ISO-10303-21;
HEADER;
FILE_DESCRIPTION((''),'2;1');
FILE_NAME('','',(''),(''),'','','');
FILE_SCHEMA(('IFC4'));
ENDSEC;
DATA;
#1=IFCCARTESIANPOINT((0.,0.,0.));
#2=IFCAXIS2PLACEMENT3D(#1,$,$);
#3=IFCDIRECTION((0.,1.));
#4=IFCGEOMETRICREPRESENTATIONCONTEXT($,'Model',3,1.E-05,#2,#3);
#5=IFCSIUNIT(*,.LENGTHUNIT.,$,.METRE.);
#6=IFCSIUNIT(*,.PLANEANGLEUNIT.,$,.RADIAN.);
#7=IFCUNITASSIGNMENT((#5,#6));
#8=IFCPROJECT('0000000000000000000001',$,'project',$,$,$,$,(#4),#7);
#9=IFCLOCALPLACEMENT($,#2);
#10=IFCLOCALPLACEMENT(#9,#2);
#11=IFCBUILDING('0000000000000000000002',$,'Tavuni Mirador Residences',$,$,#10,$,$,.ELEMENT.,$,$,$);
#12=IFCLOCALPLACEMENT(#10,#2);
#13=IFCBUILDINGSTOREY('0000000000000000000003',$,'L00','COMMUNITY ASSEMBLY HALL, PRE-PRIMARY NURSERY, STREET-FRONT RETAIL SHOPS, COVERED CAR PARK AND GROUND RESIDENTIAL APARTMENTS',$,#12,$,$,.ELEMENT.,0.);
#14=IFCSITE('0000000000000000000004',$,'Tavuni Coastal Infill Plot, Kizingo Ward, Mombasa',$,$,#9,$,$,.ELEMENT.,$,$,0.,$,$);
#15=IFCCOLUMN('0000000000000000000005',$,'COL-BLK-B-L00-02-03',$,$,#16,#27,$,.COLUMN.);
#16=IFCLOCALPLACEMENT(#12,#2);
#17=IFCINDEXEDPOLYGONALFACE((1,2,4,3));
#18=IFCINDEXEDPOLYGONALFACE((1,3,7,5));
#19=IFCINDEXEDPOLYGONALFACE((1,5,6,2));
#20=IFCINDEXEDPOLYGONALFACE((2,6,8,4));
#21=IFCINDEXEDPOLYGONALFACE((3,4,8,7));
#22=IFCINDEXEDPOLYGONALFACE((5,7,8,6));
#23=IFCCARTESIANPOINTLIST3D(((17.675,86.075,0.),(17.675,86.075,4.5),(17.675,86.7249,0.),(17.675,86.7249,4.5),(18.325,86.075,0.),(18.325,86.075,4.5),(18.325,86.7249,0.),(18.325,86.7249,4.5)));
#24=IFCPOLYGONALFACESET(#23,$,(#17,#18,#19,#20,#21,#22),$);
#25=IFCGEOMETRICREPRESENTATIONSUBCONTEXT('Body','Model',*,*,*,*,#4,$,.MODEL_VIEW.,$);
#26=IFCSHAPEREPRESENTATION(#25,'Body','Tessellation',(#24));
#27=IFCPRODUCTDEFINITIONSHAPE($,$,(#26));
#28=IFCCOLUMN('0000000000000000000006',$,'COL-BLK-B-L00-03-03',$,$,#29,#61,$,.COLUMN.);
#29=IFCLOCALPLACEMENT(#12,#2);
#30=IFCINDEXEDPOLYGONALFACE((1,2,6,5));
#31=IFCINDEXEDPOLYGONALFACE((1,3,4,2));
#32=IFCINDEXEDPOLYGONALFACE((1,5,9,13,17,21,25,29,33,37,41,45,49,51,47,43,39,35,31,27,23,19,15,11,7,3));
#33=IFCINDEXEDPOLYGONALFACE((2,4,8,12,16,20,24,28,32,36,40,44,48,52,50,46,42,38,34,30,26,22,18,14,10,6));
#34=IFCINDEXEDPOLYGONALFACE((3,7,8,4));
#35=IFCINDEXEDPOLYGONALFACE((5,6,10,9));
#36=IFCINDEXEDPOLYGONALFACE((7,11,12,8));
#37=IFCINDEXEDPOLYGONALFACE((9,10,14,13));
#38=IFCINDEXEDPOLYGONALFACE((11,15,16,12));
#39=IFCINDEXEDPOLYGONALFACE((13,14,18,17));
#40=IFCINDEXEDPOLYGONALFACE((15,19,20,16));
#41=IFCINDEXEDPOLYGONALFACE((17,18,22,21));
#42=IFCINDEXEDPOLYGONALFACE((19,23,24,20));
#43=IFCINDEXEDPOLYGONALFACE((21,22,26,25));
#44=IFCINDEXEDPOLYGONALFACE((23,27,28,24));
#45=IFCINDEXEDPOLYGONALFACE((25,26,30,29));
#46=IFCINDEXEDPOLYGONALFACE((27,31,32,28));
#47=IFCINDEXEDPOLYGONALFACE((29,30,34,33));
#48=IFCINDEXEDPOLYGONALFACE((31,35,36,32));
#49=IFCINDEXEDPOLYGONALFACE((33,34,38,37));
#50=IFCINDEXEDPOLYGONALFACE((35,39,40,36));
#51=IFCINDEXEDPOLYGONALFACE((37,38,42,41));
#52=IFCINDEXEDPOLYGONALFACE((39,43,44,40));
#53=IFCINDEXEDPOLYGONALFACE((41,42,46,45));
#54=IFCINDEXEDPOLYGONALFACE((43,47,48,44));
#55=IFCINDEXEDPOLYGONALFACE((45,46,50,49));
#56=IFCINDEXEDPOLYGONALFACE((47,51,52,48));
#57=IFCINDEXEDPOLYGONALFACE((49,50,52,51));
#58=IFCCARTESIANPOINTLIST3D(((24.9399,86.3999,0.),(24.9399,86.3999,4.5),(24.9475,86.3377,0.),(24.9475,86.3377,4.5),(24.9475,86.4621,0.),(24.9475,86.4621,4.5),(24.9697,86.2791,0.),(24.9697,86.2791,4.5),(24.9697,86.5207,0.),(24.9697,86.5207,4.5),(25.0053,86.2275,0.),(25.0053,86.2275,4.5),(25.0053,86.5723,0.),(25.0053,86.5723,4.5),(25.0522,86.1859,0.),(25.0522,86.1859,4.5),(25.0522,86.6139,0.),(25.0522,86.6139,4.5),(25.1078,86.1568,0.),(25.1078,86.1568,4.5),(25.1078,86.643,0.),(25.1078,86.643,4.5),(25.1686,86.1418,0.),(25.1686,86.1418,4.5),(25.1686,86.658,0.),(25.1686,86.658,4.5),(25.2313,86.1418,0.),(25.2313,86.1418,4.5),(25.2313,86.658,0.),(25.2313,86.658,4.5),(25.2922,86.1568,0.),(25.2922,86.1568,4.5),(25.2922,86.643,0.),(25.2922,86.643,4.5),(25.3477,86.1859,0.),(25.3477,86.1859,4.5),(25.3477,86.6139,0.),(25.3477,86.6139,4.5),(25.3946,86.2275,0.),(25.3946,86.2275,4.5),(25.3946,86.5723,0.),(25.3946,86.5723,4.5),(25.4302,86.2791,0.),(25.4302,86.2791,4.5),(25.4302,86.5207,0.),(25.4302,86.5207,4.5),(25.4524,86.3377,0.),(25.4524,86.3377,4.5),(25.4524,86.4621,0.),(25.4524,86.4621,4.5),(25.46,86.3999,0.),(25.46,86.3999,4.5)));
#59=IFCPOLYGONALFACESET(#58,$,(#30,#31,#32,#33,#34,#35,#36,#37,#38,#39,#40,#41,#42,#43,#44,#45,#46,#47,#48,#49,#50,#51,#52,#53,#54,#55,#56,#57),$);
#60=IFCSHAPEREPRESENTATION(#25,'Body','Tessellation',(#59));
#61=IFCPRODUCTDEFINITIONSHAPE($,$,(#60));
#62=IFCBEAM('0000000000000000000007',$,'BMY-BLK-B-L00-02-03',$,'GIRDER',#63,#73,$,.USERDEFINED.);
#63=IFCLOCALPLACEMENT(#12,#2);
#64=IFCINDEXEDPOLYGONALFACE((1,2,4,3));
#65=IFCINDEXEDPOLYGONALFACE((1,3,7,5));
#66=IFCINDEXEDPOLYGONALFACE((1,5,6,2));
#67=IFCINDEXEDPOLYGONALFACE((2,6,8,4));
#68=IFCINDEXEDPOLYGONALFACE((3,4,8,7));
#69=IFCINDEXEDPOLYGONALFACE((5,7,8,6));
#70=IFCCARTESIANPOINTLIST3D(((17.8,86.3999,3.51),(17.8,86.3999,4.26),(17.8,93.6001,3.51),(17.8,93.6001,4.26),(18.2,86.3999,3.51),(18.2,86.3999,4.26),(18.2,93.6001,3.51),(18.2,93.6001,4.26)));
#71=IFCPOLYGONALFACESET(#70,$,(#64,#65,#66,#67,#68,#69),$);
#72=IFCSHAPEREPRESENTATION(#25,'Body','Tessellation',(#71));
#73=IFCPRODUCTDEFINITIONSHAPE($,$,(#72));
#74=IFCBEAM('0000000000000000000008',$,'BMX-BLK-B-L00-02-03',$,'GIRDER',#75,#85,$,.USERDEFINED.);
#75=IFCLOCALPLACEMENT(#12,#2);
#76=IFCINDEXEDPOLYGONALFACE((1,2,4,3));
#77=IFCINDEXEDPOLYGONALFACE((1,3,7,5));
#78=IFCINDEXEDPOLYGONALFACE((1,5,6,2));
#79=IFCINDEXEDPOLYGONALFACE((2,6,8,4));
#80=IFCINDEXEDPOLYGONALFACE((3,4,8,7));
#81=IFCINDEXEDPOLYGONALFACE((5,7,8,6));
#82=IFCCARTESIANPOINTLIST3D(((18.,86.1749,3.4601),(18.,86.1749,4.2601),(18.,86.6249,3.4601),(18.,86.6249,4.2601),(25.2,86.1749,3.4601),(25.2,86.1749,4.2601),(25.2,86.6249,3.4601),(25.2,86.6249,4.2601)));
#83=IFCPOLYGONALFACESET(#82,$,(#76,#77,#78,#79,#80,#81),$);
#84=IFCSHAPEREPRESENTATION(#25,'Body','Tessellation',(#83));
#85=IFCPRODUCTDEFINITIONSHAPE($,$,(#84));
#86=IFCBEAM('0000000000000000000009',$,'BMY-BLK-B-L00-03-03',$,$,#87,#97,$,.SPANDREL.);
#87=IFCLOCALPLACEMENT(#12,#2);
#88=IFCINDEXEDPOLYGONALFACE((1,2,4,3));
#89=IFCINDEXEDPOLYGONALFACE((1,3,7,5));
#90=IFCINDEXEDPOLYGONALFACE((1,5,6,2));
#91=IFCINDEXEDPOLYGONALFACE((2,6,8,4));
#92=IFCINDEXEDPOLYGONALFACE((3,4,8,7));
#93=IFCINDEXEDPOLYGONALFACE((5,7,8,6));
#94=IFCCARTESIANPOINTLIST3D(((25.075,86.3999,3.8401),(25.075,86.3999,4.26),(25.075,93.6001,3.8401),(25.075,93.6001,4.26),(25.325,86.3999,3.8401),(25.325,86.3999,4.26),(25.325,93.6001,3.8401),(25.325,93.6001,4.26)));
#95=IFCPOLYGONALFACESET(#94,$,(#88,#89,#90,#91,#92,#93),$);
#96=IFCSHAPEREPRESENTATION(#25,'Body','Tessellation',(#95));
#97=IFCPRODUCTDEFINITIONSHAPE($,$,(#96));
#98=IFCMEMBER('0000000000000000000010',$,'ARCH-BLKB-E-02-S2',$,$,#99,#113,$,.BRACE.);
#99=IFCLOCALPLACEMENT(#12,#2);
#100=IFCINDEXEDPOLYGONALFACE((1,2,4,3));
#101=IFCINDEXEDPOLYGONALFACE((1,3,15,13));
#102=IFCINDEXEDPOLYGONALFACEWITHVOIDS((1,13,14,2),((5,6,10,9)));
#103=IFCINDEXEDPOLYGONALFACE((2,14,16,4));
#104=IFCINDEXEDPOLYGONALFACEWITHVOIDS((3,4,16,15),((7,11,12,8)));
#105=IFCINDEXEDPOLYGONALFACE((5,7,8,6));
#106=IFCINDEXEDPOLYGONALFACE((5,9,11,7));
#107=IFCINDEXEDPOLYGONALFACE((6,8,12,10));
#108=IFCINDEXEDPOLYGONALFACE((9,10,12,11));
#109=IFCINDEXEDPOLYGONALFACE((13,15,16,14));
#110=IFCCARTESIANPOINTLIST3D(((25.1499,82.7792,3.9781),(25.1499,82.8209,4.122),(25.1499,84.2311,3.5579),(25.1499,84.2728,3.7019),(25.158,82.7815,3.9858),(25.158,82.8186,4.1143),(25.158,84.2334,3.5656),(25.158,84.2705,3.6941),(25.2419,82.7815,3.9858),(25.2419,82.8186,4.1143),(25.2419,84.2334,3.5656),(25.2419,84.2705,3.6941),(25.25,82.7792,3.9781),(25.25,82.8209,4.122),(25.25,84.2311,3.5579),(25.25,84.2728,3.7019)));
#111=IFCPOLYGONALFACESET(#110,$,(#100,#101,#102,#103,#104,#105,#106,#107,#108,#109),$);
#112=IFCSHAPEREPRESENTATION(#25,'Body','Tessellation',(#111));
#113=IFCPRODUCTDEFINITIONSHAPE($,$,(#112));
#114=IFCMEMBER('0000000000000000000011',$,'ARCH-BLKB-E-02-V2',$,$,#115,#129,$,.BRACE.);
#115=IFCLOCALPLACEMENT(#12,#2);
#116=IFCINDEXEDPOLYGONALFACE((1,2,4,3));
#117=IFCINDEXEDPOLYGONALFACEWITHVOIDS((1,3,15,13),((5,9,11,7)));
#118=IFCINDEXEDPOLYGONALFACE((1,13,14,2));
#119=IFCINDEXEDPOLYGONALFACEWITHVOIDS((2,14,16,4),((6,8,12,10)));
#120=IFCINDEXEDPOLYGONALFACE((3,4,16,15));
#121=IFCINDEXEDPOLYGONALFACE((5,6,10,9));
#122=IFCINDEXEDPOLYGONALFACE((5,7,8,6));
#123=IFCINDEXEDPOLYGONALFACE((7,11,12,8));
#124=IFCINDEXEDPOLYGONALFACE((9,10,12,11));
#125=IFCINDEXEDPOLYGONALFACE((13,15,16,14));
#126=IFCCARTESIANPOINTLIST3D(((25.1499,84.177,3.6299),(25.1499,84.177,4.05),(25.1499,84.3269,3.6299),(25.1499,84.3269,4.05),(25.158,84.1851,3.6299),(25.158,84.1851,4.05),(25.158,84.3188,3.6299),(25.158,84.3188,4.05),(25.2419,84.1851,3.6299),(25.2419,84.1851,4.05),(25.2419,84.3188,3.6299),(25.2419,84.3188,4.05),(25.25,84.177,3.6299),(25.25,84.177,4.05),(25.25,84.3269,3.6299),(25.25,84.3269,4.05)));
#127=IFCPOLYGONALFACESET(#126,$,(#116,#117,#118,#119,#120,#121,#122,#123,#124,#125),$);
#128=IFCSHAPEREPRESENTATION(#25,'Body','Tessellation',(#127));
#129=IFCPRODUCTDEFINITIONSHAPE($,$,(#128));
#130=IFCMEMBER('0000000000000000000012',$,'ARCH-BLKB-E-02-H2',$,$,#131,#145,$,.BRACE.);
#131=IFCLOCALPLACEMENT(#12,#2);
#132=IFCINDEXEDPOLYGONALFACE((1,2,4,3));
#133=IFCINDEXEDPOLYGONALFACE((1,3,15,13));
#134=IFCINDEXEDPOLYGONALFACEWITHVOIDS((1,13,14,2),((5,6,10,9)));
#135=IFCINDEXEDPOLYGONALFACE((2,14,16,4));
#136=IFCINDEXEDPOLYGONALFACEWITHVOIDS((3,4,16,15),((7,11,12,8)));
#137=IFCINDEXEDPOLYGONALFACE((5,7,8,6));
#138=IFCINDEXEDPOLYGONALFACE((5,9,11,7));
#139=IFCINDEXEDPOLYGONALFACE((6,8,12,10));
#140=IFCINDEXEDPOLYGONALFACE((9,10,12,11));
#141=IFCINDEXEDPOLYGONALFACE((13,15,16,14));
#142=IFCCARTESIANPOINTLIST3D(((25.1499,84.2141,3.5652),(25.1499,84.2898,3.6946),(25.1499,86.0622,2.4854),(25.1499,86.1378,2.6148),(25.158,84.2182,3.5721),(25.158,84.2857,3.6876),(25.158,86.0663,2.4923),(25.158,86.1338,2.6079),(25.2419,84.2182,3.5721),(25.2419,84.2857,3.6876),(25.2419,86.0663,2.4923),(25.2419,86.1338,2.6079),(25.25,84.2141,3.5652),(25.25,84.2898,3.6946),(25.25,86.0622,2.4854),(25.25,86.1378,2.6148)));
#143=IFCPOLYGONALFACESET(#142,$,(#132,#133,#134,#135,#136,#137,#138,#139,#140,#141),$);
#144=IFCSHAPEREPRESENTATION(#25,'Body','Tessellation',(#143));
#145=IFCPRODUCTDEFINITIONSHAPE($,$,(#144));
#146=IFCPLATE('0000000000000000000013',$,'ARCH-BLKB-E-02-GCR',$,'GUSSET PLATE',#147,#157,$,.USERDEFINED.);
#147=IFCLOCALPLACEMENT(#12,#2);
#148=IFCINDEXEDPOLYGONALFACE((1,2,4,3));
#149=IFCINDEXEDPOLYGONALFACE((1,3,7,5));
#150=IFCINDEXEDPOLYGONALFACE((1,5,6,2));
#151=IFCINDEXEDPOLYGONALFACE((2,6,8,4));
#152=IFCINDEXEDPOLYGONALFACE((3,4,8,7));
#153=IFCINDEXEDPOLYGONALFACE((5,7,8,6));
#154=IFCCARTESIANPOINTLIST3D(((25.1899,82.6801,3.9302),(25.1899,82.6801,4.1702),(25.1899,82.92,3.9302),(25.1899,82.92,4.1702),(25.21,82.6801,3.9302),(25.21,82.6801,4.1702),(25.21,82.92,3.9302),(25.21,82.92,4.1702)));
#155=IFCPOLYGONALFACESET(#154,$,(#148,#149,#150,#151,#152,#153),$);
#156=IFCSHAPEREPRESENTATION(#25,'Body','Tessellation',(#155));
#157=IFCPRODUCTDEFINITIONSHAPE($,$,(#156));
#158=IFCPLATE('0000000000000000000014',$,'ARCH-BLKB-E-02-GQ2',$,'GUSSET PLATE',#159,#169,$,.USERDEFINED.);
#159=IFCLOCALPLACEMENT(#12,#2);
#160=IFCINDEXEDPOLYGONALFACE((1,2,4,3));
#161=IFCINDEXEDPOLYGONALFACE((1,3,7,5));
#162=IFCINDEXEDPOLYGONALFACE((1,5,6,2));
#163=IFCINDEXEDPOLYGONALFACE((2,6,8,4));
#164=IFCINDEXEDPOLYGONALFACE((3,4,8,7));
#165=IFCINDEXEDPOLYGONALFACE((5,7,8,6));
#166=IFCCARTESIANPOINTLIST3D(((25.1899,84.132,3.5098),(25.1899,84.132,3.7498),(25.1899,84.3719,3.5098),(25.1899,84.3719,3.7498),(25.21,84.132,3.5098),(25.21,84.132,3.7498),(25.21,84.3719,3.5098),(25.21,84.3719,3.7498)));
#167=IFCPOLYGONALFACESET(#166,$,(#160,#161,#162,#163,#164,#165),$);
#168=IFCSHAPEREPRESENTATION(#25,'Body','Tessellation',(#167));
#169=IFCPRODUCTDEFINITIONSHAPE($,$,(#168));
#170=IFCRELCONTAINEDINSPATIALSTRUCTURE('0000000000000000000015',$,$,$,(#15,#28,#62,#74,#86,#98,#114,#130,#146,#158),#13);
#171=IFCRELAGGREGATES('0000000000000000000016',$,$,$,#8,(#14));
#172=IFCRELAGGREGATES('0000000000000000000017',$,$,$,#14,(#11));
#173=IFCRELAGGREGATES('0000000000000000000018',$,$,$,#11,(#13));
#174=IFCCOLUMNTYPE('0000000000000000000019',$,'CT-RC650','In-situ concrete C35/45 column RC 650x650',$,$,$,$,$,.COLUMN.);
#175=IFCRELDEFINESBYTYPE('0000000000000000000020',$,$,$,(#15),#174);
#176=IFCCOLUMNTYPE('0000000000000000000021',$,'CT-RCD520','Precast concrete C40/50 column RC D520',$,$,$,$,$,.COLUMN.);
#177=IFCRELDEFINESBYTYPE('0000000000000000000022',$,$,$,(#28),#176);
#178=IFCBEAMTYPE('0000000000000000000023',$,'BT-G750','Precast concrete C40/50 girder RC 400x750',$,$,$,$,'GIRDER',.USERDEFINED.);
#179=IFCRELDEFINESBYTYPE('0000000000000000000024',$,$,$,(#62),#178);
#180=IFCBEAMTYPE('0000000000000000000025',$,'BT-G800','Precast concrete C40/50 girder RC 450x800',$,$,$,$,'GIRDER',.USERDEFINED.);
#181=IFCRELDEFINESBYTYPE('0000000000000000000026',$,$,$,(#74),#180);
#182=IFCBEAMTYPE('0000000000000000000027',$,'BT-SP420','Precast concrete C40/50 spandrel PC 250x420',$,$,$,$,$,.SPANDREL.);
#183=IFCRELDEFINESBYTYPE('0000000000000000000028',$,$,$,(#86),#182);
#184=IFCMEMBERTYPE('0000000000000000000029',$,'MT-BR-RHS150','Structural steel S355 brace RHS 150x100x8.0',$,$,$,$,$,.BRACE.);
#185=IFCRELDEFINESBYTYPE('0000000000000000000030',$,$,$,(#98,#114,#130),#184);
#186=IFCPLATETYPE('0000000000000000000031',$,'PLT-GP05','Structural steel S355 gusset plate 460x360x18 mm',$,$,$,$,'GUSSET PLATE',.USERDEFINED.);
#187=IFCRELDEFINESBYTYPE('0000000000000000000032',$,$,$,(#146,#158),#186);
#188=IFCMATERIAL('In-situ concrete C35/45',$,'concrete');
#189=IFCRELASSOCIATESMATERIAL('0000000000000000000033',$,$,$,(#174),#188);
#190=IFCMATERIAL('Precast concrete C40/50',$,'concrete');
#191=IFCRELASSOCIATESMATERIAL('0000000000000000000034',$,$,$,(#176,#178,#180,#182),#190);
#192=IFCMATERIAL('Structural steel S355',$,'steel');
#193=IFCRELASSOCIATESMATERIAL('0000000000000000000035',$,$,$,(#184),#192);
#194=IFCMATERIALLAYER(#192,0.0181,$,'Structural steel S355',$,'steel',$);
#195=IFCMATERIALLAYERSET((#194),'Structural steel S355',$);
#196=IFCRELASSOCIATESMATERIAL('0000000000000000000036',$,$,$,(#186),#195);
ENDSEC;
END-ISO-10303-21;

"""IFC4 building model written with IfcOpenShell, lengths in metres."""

from ifc_helpers import new_model, si_unit, direction, frame, origin, origin_2d, place, context, subcontext, project, spatial, rectangle, hollow_rectangle, circle, extrude, material, layer, layer_set, material_profile, profile_set, type_object, element, save


model = new_model("IFC4")

# Units and contexts
model_context = context("Model", 3, precision=1e-05, world=origin(), true_north=direction((0.0, 1.0)))
body_context = subcontext(model_context, "Body", "Model", "MODEL_VIEW")
ifc_project = project(units=[si_unit("LENGTHUNIT", "METRE"), si_unit("PLANEANGLEUNIT", "RADIAN")], contexts=[model_context])

# Site, building, storey
site_placement = place(None, origin())
site = spatial("IfcSite", under=ifc_project, at=site_placement, Name="Tavuni Coastal Infill Plot, Kizingo Ward, Mombasa", CompositionType="ELEMENT", RefElevation=0.0)
building_placement = place(site_placement, origin())
building = spatial("IfcBuilding", under=site, at=building_placement, Name="Tavuni Mirador Residences", CompositionType="ELEMENT")
storey_placement = place(building_placement, origin())
storey = spatial("IfcBuildingStorey", under=building, at=storey_placement, Name="L00", Description="COMMUNITY ASSEMBLY HALL, PRE-PRIMARY NURSERY, STREET-FRONT RETAIL SHOPS, COVERED CAR PARK AND GROUND RESIDENTIAL APARTMENTS", CompositionType="ELEMENT", Elevation=0.0)

# Columns
ifc_material_1 = material(Name="In-situ concrete C35/45", Category="concrete")
ifc_material_profile_1 = material_profile(ifc_material_1, rectangle(XDim=0.6499, YDim=0.6499, at=origin_2d()), Name="RC 650x650", Category="concrete")
ifc_profile_set_1 = profile_set([ifc_material_profile_1], Name="In-situ concrete C35/45")
column_type_1 = type_object("IfcColumnType", Name="CT-RC650", Description="In-situ concrete C35/45 column RC 650x650", PredefinedType="COLUMN", material=ifc_profile_set_1)
column_1_placement = place(storey_placement, frame((18.0, 86.3999, 0.0), z_axis=(0.0, 0.0, 1.0), x_axis=(1.0, 0.0, 0.0)))
element("IfcColumn", 1, at=column_1_placement, inside=storey, type_object=column_type_1, Name="COL-BLK-B-L00-02-03", PredefinedType="COLUMN", context=body_context, shape_type="SweptSolid", body=[
    extrude(rectangle(XDim=0.6499, YDim=0.6499, at=origin_2d()), origin(), (0.0, 0.0, 1.0), 4.5),
])
ifc_material_2 = material(Name="Precast concrete C40/50", Category="concrete")
ifc_material_profile_2 = material_profile(ifc_material_2, circle(Radius=0.26, at=origin_2d()), Name="RC D520", Category="concrete")
ifc_profile_set_2 = profile_set([ifc_material_profile_2], Name="Precast concrete C40/50")
column_type_2 = type_object("IfcColumnType", Name="CT-RCD520", Description="Precast concrete C40/50 column RC D520", PredefinedType="COLUMN", material=ifc_profile_set_2)
column_2_placement = place(storey_placement, frame((25.2, 86.3999, 0.0), z_axis=(0.0, 0.0, 1.0), x_axis=(1.0, 0.0, 0.0)))
element("IfcColumn", 2, at=column_2_placement, inside=storey, type_object=column_type_2, Name="COL-BLK-B-L00-03-03", PredefinedType="COLUMN", context=body_context, shape_type="SweptSolid", body=[
    extrude(circle(Radius=0.26, at=origin_2d()), origin(), (0.0, 0.0, 1.0), 4.5),
])

# Beams
ifc_material_profile_3 = material_profile(ifc_material_2, rectangle(XDim=0.3999, YDim=0.75, at=origin_2d()), Name="RC 400x750", Category="concrete")
ifc_profile_set_3 = profile_set([ifc_material_profile_3], Name="Precast concrete C40/50")
beam_type_1 = type_object("IfcBeamType", Name="BT-G750", Description="Precast concrete C40/50 girder RC 400x750", ElementType="GIRDER", PredefinedType="USERDEFINED", material=ifc_profile_set_3)
beam_1_placement = place(storey_placement, frame((18.0, 86.3999, 3.885), z_axis=(0.0, 1.0, 0.0), x_axis=(-1.0, 0.0, 0.0)))
element("IfcBeam", 3, at=beam_1_placement, inside=storey, type_object=beam_type_1, Name="BMY-BLK-B-L00-02-03", ObjectType="GIRDER", PredefinedType="USERDEFINED", context=body_context, shape_type="SweptSolid", body=[
    extrude(rectangle(XDim=0.3999, YDim=0.75, at=origin_2d()), origin(), (0.0, 0.0, 1.0), 7.2002),
])
ifc_material_profile_4 = material_profile(ifc_material_2, rectangle(XDim=0.45, YDim=0.8, at=origin_2d()), Name="RC 450x800", Category="concrete")
ifc_profile_set_4 = profile_set([ifc_material_profile_4], Name="Precast concrete C40/50")
beam_type_2 = type_object("IfcBeamType", Name="BT-G800", Description="Precast concrete C40/50 girder RC 450x800", ElementType="GIRDER", PredefinedType="USERDEFINED", material=ifc_profile_set_4)
beam_2_placement = place(storey_placement, frame((18.0, 86.3999, 3.8601), z_axis=(1.0, 0.0, 0.0), x_axis=(0.0, 1.0, 0.0)))
element("IfcBeam", 4, at=beam_2_placement, inside=storey, type_object=beam_type_2, Name="BMX-BLK-B-L00-02-03", ObjectType="GIRDER", PredefinedType="USERDEFINED", context=body_context, shape_type="SweptSolid", body=[
    extrude(rectangle(XDim=0.45, YDim=0.8, at=origin_2d()), origin(), (0.0, 0.0, 1.0), 7.2),
])
ifc_material_profile_5 = material_profile(ifc_material_2, rectangle(XDim=0.25, YDim=0.4199, at=origin_2d()), Name="PC 250x420", Category="concrete")
ifc_profile_set_5 = profile_set([ifc_material_profile_5], Name="Precast concrete C40/50")
beam_type_3 = type_object("IfcBeamType", Name="BT-SP420", Description="Precast concrete C40/50 spandrel PC 250x420", PredefinedType="SPANDREL", material=ifc_profile_set_5)
beam_3_placement = place(storey_placement, frame((25.2, 86.3999, 4.05), z_axis=(0.0, 1.0, 0.0), x_axis=(-1.0, 0.0, 0.0)))
element("IfcBeam", 5, at=beam_3_placement, inside=storey, type_object=beam_type_3, Name="BMY-BLK-B-L00-03-03", PredefinedType="SPANDREL", context=body_context, shape_type="SweptSolid", body=[
    extrude(rectangle(XDim=0.25, YDim=0.4199, at=origin_2d()), origin(), (0.0, 0.0, 1.0), 7.2002),
])

# Members
ifc_material_3 = material(Name="Structural steel S355", Category="steel")
ifc_material_profile_6 = material_profile(ifc_material_3, hollow_rectangle(XDim=0.1001, YDim=0.1499, WallThickness=0.0081, at=origin_2d()), Name="RHS 150x100x8.0", Category="steel")
ifc_profile_set_6 = profile_set([ifc_material_profile_6], Name="Structural steel S355")
member_type = type_object("IfcMemberType", Name="MT-BR-RHS150", Description="Structural steel S355 brace RHS 150x100x8.0", PredefinedType="BRACE", material=ifc_profile_set_6)
member_1_placement = place(storey_placement, frame((25.2, 82.8, 4.05), z_axis=(0.0, 0.960586, -0.277984), x_axis=(-1.0, 0.0, 0.0)))
element("IfcMember", 6, at=member_1_placement, inside=storey, type_object=member_type, Name="ARCH-BLKB-E-02-S2", PredefinedType="BRACE", context=body_context, shape_type="SweptSolid", body=[
    extrude(hollow_rectangle(XDim=0.1001, YDim=0.1499, WallThickness=0.0081, at=origin_2d()), origin(), (0.0, 0.0, 1.0), 1.5115),
])
member_2_placement = place(storey_placement, frame((25.2, 84.252, 3.6299), z_axis=(0.0, 0.0, 1.0), x_axis=(1.0, 0.0, 0.0)))
element("IfcMember", 7, at=member_2_placement, inside=storey, type_object=member_type, Name="ARCH-BLKB-E-02-V2", PredefinedType="BRACE", context=body_context, shape_type="SweptSolid", body=[
    extrude(hollow_rectangle(XDim=0.1001, YDim=0.1499, WallThickness=0.0081, at=origin_2d()), origin(), (0.0, 0.0, 1.0), 0.4202),
])
member_3_placement = place(storey_placement, frame((25.2, 84.252, 3.6299), z_axis=(0.0, 0.863423, -0.504481), x_axis=(-1.0, 0.0, 0.0)))
element("IfcMember", 8, at=member_3_placement, inside=storey, type_object=member_type, Name="ARCH-BLKB-E-02-H2", PredefinedType="BRACE", context=body_context, shape_type="SweptSolid", body=[
    extrude(hollow_rectangle(XDim=0.1001, YDim=0.1499, WallThickness=0.0081, at=origin_2d()), origin(), (0.0, 0.0, 1.0), 2.1404),
])

# Plates
ifc_layer_1 = layer(ifc_material_3, 0.0181, Name="Structural steel S355", Category="steel")
ifc_layer_set_1 = layer_set([ifc_layer_1], Name="Structural steel S355")
plate_type = type_object("IfcPlateType", Name="PLT-GP05", Description="Structural steel S355 gusset plate 460x360x18 mm", ElementType="GUSSET PLATE", PredefinedType="USERDEFINED", material=ifc_layer_set_1)
for number, where, z_axis, x_axis, name in (
    (9, (25.2, 82.8, 3.9302), (0.0, 0.0, 1.0), (1.0, 0.0, 0.0), "ARCH-BLKB-E-02-GCR"),
    (10, (25.2, 84.252, 3.5098), (0.0, 0.0, 1.0), (1.0, 0.0, 0.0), "ARCH-BLKB-E-02-GQ2"),
):
    element("IfcPlate", number, at=place(storey_placement, frame(where, z_axis=z_axis, x_axis=x_axis)), inside=storey, type_object=plate_type, Name=name, ObjectType="GUSSET PLATE", PredefinedType="USERDEFINED", context=body_context, shape_type="SweptSolid", body=[
        extrude(rectangle(XDim=0.02, YDim=0.24, at=origin_2d()), origin(), (0.0, 0.0, 1.0), 0.24),
    ])

save(model, "model.ifc")
